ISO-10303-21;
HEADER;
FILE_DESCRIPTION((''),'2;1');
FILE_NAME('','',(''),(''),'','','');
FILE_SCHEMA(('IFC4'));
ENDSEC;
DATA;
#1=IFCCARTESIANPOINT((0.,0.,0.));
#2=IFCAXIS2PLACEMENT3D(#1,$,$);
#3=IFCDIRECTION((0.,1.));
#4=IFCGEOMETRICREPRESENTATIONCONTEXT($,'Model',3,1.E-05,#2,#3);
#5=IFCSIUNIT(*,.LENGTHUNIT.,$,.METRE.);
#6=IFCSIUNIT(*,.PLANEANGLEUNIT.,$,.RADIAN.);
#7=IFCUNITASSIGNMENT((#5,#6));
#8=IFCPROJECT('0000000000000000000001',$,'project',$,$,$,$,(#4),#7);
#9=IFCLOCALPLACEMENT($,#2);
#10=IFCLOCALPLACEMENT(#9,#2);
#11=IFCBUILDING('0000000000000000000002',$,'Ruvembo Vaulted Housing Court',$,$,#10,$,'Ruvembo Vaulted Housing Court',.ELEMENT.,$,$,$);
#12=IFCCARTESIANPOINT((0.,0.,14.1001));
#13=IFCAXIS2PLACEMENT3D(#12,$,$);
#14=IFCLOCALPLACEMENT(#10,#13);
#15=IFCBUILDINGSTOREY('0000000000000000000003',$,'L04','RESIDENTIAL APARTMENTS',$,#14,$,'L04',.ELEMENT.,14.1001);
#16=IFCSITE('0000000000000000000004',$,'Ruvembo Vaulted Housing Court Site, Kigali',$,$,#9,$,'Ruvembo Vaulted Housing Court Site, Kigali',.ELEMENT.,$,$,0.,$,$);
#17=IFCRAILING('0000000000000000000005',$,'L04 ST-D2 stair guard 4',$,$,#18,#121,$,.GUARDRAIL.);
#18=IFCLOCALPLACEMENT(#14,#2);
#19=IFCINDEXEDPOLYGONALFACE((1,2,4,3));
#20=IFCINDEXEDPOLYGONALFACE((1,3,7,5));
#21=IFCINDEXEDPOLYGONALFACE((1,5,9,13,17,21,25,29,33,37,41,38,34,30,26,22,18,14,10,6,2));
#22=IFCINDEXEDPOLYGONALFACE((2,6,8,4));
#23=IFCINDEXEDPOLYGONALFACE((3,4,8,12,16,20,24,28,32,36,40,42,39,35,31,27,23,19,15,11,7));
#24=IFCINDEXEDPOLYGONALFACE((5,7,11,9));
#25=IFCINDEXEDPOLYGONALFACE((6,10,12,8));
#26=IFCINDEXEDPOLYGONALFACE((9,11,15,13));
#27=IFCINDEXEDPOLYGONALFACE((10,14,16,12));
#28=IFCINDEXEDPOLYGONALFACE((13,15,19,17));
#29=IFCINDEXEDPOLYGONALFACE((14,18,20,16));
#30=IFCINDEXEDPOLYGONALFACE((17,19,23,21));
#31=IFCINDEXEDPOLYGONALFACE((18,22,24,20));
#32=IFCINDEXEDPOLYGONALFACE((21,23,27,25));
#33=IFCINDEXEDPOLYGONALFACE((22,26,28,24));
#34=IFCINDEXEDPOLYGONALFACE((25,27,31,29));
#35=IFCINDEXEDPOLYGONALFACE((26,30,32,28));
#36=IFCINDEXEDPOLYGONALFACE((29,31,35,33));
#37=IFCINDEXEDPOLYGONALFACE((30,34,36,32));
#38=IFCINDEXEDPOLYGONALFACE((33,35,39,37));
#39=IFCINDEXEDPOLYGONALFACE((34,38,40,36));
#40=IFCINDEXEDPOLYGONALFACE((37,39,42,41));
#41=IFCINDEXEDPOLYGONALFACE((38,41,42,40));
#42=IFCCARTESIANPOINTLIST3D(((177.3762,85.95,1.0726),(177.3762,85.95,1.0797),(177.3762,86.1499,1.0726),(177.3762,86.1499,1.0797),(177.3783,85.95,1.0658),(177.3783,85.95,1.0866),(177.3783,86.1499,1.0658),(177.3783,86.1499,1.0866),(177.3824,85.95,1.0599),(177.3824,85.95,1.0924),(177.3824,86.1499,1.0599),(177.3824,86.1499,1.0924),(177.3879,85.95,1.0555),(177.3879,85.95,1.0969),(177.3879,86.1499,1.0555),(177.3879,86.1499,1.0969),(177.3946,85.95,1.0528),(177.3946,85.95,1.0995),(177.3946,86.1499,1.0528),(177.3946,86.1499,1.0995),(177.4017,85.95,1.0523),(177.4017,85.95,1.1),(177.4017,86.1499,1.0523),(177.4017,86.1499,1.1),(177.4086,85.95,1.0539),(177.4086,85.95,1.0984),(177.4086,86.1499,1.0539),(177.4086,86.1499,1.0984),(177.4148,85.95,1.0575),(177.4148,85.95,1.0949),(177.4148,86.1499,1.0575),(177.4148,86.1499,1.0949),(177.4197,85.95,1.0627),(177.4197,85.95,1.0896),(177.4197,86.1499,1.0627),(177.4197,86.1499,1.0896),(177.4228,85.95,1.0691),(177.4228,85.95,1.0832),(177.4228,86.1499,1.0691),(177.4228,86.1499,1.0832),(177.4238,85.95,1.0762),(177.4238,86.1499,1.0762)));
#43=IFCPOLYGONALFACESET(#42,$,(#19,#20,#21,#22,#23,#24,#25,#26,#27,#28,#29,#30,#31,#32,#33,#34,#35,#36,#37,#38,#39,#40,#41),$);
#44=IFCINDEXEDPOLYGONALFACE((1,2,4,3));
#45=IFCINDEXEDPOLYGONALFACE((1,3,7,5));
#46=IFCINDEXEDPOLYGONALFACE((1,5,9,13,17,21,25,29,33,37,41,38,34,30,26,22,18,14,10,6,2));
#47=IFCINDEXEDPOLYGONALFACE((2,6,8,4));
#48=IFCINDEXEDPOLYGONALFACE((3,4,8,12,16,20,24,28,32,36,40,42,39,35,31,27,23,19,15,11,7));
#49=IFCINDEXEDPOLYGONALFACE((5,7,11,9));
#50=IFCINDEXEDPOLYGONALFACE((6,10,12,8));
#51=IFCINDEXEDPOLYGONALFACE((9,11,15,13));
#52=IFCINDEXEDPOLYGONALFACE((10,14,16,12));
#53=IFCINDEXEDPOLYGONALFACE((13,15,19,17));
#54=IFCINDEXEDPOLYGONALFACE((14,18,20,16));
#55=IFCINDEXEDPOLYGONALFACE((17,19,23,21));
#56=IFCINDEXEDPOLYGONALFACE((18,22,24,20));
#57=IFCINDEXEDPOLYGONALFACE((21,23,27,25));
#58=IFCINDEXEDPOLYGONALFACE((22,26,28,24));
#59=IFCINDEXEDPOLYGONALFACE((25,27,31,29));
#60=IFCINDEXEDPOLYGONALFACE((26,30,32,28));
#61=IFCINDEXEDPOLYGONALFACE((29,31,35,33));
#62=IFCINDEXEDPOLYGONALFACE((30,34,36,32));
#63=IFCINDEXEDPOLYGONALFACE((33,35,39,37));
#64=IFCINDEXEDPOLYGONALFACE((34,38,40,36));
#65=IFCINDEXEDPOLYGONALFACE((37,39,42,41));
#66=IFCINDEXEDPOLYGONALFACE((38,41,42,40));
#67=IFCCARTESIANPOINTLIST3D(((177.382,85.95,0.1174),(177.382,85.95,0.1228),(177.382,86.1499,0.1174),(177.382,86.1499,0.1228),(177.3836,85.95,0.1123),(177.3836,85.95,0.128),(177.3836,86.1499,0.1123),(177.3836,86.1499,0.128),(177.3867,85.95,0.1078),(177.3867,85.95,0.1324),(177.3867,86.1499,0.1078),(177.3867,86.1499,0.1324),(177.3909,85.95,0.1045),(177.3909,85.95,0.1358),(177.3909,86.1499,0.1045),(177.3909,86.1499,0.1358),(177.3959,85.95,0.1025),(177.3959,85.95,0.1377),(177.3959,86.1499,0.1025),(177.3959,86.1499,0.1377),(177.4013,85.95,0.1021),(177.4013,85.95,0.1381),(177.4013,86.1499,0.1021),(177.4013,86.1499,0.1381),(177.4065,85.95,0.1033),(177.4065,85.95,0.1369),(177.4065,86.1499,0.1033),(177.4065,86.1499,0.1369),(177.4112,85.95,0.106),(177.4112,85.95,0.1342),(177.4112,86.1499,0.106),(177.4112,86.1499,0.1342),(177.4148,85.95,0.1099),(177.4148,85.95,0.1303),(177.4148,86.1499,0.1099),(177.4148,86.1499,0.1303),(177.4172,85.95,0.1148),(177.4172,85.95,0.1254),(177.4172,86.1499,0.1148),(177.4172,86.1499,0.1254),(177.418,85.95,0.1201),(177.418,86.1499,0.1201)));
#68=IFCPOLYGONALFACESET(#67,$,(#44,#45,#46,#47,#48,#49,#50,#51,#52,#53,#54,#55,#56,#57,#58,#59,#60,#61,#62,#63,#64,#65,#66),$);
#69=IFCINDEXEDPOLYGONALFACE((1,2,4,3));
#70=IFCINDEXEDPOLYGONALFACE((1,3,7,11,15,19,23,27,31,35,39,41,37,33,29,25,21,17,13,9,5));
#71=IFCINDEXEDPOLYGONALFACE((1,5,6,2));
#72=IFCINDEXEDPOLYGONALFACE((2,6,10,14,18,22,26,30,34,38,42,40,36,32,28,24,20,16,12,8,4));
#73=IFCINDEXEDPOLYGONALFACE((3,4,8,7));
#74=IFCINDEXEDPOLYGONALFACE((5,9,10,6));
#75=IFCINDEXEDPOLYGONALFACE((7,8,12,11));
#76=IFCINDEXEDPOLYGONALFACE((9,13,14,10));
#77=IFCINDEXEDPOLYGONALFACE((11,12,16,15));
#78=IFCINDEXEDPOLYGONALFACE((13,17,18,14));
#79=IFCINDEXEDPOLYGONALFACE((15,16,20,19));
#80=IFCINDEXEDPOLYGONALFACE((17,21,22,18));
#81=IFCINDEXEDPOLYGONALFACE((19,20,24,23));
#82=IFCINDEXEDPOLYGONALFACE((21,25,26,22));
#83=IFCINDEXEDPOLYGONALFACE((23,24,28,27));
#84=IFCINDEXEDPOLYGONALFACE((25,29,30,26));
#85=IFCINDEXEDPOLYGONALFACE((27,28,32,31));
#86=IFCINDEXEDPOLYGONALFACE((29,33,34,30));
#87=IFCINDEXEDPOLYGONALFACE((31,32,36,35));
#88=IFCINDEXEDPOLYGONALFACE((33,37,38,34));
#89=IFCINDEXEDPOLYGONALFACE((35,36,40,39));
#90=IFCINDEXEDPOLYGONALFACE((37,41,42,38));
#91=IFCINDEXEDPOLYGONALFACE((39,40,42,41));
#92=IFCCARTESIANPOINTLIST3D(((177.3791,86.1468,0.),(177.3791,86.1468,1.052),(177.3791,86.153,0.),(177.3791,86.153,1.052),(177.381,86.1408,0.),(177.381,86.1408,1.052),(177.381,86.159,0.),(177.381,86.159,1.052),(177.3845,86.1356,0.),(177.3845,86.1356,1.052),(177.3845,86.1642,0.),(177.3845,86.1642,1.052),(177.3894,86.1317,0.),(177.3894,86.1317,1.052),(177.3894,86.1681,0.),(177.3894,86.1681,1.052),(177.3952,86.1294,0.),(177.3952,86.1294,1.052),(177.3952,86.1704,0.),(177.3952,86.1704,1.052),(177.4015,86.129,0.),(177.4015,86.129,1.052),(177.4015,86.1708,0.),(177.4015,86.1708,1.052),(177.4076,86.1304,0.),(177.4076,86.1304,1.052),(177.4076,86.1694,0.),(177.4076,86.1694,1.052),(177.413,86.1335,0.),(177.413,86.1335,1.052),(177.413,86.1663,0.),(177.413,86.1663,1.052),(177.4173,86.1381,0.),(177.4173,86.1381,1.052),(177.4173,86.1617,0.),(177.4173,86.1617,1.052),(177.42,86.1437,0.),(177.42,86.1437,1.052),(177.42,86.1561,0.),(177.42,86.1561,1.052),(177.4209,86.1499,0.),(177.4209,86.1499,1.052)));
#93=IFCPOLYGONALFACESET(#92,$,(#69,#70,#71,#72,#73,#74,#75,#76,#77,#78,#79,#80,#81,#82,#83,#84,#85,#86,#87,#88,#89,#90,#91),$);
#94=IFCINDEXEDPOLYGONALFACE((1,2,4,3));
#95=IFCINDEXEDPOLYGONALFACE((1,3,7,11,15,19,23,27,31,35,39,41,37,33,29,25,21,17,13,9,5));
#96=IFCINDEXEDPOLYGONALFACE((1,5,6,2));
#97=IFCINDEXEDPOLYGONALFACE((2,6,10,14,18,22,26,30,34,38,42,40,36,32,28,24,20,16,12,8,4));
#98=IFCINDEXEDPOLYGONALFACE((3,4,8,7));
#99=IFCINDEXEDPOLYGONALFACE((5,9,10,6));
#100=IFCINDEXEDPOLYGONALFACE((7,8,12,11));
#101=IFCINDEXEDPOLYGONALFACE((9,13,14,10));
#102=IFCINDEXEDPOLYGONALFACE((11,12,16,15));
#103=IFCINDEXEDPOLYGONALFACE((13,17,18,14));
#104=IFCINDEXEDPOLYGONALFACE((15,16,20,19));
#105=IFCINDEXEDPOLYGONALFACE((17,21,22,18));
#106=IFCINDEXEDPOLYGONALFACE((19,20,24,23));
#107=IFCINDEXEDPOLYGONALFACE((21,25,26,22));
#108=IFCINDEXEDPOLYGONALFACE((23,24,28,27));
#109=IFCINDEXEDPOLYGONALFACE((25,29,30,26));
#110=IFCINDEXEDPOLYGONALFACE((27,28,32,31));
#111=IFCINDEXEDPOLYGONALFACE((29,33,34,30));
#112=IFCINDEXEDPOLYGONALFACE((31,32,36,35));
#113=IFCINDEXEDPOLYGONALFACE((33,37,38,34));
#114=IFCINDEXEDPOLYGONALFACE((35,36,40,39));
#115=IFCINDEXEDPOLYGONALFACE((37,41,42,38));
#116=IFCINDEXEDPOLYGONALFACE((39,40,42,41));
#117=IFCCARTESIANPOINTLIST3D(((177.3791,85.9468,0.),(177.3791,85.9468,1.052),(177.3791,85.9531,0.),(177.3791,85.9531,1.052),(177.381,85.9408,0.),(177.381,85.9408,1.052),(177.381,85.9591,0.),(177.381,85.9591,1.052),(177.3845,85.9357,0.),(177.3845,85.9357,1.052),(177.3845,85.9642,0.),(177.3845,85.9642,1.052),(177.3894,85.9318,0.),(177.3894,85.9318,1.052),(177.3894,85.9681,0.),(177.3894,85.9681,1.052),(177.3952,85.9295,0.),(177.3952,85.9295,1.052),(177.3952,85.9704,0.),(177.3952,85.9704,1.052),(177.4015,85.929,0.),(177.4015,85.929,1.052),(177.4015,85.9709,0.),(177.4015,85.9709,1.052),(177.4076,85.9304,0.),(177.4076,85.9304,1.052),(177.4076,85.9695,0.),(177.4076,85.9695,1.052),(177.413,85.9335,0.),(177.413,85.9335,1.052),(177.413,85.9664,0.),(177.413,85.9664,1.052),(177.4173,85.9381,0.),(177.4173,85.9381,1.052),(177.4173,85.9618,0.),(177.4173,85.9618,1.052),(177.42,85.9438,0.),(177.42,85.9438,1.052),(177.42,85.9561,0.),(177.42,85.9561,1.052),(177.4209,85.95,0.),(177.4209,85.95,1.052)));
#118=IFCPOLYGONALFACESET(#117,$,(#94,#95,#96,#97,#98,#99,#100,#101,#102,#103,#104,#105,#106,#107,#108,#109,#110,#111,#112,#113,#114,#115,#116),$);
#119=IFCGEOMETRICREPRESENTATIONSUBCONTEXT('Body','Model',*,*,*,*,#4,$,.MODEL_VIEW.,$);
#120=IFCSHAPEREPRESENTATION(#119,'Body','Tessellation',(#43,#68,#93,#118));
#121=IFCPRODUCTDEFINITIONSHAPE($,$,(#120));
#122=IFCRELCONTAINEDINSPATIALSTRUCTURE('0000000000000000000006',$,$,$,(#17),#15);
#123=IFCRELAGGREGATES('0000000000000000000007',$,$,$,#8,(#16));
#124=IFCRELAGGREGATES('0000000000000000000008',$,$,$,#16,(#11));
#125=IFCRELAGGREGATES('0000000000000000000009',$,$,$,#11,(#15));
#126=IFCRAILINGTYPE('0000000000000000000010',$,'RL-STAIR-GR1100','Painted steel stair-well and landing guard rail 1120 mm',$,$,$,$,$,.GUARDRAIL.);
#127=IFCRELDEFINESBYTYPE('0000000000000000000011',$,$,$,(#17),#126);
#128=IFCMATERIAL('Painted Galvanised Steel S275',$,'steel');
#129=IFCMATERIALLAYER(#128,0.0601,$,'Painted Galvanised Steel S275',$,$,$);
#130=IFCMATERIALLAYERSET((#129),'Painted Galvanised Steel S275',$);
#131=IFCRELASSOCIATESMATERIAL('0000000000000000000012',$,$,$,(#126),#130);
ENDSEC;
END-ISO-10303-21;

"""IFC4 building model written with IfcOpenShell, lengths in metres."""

from ifc_helpers import new_model, si_unit, direction, frame, origin, origin_2d, place, context, subcontext, project, spatial, circle, extrude, material, layer, layer_set, type_object, element, save


model = new_model("IFC4")

# Units and contexts
model_context = context("Model", 3, precision=1e-05, world=origin(), true_north=direction((0.0, 1.0)))
body_context = subcontext(model_context, "Body", "Model", "MODEL_VIEW")
ifc_project = project(units=[si_unit("LENGTHUNIT", "METRE"), si_unit("PLANEANGLEUNIT", "RADIAN")], contexts=[model_context])

# Site, building, storey
site_placement = place(None, origin())
site = spatial("IfcSite", under=ifc_project, at=site_placement, Name="Ruvembo Vaulted Housing Court Site, Kigali", LongName="Ruvembo Vaulted Housing Court Site, Kigali", CompositionType="ELEMENT", RefElevation=0.0)
building_placement = place(site_placement, origin())
building = spatial("IfcBuilding", under=site, at=building_placement, Name="Ruvembo Vaulted Housing Court", LongName="Ruvembo Vaulted Housing Court", CompositionType="ELEMENT")
storey_placement = place(building_placement, frame((0.0, 0.0, 14.1001)))
storey = spatial("IfcBuildingStorey", under=building, at=storey_placement, Name="L04", Description="RESIDENTIAL APARTMENTS", LongName="L04", CompositionType="ELEMENT", Elevation=14.1001)

# Railing
ifc_material_1 = material(Name="Painted Galvanised Steel S275", Category="steel")
ifc_layer_1 = layer(ifc_material_1, 0.0601, Name="Painted Galvanised Steel S275")
ifc_layer_set_1 = layer_set([ifc_layer_1], Name="Painted Galvanised Steel S275")
railing_type_1 = type_object("IfcRailingType", Name="RL-STAIR-GR1100", Description="Painted steel stair-well and landing guard rail 1120 mm", PredefinedType="GUARDRAIL", material=ifc_layer_set_1)
railing_1_placement = place(storey_placement, frame((177.3999, 86.1499, 0.0)))
element("IfcRailing", 1, at=railing_1_placement, inside=storey, type_object=railing_type_1, Name="L04 ST-D2 stair guard 4", PredefinedType="GUARDRAIL", context=body_context, shape_type="SweptSolid", body=[
    extrude(circle(Radius=0.0239, at=origin_2d()), frame((0.0, 0.0, 1.0762), z_axis=(0.0, -1.0, 0.0), x_axis=(1.0, 0.0, 0.0)), (0.0, 0.0, 1.0), 0.2),
    extrude(circle(Radius=0.0181, at=origin_2d()), frame((0.0, 0.0, 0.1201), z_axis=(0.0, -1.0, 0.0), x_axis=(1.0, 0.0, 0.0)), (0.0, 0.0, 1.0), 0.2),
    extrude(circle(Radius=0.021, at=origin_2d()), origin(), (0.0, 0.0, 1.0), 1.052),
    extrude(circle(Radius=0.021, at=origin_2d()), frame((0.0, -0.2, 0.0)), (0.0, 0.0, 1.0), 1.052),
])

save(model, "model.ifc")
